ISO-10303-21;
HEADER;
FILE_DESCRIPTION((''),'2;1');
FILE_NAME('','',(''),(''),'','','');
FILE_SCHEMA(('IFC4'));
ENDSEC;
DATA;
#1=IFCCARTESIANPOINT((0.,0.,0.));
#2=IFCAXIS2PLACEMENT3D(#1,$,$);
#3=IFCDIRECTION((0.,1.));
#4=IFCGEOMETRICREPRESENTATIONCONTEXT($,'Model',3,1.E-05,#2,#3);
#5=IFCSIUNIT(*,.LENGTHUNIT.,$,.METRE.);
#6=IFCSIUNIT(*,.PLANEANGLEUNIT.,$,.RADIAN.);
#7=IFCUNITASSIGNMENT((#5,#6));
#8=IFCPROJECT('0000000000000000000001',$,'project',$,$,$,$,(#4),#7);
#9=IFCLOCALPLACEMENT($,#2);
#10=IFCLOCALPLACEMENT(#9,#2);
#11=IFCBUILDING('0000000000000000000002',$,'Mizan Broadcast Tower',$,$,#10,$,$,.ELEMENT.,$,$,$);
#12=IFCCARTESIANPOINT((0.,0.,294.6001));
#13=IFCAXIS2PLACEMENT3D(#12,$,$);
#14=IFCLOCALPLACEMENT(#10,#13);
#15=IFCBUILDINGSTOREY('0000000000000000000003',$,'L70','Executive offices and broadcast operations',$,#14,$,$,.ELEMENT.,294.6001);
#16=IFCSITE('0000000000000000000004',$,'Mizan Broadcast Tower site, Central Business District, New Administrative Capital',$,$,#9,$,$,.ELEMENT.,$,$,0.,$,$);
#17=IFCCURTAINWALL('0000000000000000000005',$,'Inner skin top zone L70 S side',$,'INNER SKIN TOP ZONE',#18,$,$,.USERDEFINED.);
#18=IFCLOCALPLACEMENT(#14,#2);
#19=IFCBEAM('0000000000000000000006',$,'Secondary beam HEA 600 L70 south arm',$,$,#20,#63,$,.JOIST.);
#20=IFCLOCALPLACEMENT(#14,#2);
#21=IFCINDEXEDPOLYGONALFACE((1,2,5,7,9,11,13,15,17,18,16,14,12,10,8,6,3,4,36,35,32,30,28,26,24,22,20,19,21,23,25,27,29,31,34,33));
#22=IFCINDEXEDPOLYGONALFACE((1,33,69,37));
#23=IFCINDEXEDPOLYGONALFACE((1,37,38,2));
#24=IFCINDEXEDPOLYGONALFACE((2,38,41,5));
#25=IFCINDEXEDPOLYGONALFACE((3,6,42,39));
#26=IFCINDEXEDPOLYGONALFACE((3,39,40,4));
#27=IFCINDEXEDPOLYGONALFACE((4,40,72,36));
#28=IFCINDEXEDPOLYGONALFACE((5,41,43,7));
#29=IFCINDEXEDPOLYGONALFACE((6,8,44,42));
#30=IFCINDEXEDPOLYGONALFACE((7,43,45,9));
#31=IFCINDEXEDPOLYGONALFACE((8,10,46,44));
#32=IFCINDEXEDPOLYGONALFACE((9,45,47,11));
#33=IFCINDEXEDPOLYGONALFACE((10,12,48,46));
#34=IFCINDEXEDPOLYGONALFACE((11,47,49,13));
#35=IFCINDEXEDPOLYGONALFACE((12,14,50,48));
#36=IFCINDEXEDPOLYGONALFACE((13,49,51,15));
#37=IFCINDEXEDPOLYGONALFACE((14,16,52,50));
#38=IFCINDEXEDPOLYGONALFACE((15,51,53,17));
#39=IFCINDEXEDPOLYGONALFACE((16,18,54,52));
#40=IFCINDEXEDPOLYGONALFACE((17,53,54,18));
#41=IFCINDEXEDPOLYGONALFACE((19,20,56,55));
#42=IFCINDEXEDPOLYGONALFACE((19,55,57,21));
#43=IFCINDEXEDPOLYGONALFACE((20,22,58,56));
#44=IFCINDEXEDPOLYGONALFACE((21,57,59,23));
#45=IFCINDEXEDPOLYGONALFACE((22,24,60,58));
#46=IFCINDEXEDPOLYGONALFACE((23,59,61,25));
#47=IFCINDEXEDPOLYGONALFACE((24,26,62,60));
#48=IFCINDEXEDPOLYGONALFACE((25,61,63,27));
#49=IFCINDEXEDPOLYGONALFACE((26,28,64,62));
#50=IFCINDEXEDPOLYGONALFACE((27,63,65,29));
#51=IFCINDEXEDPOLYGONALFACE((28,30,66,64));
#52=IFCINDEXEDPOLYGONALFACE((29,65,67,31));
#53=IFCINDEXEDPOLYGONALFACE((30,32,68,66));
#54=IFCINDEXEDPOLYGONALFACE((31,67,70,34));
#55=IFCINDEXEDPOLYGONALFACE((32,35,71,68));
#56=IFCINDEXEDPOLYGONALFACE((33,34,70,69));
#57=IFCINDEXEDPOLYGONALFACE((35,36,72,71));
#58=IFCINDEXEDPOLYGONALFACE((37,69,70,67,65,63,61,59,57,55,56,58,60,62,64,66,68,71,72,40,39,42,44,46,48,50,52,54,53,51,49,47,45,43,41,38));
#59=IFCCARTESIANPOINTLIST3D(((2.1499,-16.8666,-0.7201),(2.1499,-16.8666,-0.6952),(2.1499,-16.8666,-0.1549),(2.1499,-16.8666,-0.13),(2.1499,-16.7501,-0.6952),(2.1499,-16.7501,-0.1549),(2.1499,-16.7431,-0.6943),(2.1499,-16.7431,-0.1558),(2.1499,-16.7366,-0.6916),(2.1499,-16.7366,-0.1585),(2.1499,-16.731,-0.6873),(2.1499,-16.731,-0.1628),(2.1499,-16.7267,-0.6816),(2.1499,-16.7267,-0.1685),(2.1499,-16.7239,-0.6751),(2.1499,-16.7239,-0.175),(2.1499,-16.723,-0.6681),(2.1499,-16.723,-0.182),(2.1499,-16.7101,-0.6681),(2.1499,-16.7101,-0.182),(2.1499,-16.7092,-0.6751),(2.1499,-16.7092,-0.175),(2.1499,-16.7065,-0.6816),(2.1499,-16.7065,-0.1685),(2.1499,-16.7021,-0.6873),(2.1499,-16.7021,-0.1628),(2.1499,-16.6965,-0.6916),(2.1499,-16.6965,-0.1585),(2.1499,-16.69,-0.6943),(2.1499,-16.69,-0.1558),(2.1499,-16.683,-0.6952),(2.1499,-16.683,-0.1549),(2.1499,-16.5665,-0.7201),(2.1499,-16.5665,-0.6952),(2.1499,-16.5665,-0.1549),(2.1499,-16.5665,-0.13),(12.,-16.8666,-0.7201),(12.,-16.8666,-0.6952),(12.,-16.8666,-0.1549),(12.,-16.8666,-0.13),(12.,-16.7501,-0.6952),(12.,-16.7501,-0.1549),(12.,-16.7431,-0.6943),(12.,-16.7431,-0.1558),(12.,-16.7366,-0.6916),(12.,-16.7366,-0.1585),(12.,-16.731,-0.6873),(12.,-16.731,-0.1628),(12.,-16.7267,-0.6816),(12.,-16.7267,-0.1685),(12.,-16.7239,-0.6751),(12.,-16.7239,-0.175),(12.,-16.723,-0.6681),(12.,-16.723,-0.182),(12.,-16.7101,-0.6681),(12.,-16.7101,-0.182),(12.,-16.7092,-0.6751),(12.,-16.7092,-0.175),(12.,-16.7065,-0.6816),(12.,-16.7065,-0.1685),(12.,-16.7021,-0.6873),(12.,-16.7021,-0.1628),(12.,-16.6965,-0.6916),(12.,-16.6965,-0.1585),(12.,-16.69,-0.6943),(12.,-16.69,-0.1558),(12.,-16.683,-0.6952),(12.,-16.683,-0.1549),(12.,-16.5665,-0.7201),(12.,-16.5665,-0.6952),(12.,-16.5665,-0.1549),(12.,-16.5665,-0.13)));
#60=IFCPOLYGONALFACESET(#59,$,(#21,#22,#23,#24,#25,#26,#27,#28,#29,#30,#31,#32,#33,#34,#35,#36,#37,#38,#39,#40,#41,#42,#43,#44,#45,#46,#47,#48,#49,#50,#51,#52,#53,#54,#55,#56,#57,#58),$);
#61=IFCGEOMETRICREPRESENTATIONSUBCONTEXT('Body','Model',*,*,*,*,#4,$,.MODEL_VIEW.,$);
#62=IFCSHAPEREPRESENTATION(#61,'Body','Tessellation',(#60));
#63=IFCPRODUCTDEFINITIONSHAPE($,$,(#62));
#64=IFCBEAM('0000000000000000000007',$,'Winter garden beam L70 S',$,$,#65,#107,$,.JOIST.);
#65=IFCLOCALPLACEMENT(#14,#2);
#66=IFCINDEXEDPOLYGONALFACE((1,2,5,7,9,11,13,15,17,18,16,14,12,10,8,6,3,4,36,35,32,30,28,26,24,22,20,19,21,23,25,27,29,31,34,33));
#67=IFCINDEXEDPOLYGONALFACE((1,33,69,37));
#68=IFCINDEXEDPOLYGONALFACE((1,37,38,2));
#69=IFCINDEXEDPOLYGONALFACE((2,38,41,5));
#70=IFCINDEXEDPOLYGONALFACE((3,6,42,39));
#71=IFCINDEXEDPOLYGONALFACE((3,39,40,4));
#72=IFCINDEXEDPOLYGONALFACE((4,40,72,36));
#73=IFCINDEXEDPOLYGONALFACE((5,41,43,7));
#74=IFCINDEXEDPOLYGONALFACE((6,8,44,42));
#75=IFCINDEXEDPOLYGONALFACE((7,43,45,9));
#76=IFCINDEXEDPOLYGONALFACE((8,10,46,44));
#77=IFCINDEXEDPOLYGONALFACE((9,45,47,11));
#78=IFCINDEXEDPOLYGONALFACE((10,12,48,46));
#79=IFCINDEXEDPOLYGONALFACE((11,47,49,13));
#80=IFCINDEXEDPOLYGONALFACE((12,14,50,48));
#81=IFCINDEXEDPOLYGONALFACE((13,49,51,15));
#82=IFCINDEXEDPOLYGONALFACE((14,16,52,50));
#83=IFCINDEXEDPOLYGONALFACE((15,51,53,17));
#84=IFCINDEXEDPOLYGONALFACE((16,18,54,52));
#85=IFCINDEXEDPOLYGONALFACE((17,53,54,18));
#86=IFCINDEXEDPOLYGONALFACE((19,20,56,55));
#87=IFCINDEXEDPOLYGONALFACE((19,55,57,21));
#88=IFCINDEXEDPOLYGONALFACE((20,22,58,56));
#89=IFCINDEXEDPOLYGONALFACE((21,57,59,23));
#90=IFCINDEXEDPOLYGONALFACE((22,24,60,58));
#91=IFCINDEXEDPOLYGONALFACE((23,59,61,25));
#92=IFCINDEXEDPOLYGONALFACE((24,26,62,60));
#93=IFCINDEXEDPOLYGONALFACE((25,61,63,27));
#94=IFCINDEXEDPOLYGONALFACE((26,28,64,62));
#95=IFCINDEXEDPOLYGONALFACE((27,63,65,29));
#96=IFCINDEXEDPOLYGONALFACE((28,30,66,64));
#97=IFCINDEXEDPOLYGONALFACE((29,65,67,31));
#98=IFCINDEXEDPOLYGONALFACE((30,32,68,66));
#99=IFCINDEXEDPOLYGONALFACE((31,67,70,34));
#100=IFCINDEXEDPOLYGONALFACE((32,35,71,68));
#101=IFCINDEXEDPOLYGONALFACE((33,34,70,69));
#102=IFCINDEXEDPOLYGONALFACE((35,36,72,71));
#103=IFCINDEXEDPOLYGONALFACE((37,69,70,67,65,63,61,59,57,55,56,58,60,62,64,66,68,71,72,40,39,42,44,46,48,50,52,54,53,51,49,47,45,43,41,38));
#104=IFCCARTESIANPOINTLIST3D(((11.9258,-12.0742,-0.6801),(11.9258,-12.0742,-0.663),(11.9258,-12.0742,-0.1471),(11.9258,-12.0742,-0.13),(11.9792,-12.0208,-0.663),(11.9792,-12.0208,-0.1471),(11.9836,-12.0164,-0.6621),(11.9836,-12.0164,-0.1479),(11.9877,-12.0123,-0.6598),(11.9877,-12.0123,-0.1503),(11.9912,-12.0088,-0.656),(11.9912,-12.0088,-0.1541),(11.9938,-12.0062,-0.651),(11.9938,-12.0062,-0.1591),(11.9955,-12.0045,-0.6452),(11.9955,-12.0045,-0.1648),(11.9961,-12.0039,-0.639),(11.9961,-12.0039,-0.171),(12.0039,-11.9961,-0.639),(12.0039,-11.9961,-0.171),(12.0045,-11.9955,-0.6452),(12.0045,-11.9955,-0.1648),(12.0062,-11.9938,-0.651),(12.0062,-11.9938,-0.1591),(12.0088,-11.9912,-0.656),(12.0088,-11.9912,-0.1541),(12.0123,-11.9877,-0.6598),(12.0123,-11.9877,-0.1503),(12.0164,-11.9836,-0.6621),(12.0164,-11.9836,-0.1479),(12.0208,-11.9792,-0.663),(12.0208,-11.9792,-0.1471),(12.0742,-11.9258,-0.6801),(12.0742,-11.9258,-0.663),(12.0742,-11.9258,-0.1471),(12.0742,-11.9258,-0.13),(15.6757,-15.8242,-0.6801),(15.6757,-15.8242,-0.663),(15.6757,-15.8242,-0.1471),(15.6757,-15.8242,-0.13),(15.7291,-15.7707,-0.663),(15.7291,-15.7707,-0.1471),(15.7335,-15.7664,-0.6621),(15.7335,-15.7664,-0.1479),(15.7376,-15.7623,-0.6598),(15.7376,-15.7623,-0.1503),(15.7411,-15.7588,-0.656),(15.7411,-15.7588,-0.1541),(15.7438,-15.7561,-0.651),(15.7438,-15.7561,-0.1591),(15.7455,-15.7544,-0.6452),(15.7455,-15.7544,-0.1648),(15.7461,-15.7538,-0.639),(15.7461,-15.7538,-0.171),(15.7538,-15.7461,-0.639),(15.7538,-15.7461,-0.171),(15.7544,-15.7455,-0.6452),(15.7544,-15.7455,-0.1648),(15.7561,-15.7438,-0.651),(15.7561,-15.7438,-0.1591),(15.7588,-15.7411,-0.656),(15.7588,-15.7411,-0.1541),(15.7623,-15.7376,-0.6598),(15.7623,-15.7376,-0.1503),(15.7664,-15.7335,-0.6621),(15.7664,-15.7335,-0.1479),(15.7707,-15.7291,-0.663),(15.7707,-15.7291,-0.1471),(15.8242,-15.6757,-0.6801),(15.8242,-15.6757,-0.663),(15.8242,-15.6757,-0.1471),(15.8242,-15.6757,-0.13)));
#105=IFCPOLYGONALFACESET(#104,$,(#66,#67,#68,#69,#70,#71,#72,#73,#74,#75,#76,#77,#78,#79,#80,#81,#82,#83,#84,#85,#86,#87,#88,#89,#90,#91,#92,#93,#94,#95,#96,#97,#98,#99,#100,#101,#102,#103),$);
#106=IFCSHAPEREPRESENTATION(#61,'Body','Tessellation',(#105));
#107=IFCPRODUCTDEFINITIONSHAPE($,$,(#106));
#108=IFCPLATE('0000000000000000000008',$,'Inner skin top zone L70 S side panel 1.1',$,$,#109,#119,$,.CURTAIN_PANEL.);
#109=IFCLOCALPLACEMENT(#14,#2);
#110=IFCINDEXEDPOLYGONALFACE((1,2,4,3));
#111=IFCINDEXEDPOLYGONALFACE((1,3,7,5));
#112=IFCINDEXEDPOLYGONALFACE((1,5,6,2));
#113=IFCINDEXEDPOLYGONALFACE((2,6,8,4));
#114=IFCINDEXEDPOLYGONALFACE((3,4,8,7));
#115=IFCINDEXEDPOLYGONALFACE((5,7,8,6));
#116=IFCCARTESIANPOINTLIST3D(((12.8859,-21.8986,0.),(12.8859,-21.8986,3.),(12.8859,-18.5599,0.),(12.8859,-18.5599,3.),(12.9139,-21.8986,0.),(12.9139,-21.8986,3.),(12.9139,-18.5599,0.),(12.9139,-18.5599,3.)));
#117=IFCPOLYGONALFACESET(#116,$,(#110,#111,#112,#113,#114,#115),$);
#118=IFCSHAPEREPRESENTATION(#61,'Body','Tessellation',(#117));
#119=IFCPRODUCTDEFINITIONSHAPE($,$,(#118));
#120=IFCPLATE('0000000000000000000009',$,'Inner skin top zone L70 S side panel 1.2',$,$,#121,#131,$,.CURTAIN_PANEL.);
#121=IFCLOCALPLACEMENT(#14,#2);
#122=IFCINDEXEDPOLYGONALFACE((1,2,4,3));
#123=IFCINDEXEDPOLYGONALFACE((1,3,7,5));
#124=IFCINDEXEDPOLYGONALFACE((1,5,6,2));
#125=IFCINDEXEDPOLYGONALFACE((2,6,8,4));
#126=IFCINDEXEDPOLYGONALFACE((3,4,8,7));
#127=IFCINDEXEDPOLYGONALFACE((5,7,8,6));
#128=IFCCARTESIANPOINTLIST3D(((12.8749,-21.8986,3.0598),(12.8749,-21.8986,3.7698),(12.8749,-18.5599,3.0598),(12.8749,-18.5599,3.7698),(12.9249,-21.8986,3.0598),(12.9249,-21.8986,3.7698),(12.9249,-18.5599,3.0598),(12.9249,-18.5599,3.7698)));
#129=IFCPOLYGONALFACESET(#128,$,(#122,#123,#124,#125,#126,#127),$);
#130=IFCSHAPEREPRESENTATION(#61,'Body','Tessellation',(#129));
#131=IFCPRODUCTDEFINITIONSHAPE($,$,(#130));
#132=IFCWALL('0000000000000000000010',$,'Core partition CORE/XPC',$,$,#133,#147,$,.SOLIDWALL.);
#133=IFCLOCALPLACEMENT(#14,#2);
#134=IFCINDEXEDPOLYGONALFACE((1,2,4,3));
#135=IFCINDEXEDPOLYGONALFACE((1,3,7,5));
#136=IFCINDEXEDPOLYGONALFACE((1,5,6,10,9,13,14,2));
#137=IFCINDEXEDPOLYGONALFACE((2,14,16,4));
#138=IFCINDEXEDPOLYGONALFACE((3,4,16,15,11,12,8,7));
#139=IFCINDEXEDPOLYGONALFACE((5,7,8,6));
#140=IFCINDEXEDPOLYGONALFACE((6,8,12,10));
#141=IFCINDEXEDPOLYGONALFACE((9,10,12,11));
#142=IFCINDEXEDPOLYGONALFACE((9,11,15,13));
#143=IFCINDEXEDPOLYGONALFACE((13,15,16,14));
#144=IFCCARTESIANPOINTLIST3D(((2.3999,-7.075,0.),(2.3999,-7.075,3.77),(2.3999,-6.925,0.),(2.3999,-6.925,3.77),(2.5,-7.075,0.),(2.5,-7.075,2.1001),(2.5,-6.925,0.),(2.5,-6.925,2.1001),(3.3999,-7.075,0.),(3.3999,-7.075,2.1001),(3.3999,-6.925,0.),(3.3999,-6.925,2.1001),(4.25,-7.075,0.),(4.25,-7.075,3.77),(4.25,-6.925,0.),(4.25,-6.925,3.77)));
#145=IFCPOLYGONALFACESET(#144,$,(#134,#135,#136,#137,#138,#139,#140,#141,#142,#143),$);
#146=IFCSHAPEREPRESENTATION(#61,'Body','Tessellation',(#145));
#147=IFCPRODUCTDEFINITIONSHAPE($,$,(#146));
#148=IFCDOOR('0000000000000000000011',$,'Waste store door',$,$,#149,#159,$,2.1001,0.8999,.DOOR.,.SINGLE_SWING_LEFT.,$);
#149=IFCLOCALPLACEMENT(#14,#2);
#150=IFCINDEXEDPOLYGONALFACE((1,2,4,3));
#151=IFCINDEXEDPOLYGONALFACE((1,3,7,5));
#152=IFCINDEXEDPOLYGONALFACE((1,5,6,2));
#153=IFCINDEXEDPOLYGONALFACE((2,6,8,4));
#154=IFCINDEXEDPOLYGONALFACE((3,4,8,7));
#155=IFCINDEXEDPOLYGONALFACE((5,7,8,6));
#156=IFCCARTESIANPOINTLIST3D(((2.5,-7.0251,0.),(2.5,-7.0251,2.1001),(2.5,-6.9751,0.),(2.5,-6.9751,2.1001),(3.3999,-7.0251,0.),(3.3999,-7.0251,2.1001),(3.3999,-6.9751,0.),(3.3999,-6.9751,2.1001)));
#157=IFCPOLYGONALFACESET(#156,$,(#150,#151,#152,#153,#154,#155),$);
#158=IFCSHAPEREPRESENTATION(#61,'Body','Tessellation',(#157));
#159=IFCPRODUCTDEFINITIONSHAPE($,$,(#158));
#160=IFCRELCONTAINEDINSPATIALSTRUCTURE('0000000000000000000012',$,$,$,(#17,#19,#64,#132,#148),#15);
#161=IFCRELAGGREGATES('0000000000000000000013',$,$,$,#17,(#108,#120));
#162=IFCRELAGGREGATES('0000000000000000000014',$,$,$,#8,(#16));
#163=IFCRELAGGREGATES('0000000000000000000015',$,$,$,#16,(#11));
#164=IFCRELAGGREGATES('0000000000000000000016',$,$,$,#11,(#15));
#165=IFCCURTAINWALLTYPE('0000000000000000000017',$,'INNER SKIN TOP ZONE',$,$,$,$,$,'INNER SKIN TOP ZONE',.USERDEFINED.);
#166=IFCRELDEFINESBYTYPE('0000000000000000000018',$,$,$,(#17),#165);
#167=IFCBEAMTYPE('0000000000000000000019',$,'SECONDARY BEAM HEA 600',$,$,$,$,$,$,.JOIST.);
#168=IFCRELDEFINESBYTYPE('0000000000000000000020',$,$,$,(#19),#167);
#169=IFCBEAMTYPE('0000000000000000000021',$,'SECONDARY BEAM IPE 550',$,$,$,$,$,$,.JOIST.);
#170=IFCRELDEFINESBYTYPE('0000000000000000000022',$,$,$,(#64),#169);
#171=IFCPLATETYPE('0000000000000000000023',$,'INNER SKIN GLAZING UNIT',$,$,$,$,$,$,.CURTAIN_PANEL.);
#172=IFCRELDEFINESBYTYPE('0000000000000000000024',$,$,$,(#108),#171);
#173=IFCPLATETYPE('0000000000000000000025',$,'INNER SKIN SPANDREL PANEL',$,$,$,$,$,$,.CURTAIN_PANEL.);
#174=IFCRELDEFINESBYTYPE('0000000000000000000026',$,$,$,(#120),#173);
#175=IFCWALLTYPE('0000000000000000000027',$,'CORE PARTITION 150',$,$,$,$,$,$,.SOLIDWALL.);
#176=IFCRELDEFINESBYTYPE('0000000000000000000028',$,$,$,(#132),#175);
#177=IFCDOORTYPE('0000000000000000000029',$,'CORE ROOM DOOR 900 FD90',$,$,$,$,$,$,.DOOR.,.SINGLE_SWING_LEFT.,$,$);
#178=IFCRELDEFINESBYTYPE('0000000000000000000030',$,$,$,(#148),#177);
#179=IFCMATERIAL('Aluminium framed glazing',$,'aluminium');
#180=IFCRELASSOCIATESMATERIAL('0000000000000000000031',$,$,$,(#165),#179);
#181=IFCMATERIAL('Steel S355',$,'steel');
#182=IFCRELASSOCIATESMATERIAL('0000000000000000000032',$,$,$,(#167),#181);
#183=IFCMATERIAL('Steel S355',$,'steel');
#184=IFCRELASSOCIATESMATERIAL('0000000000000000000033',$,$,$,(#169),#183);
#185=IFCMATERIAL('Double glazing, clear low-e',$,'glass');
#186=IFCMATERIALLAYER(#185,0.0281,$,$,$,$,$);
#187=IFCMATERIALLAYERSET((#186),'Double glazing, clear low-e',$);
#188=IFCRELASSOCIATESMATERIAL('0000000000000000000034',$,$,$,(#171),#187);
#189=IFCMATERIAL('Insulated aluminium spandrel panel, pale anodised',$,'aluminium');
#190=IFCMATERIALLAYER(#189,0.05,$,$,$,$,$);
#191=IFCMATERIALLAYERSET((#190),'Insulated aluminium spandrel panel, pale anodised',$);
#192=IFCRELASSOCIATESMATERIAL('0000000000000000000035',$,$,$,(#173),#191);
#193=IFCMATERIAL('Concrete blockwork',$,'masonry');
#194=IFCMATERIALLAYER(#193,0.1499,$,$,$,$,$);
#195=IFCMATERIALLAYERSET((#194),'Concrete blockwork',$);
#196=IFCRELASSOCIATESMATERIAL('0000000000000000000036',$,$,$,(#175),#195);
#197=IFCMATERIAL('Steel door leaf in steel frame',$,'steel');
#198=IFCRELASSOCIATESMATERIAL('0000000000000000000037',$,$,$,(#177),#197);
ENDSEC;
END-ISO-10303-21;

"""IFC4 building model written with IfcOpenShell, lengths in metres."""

from ifc_helpers import new_model, si_unit, direction, frame, frame_2d, origin, origin_2d, place, context, subcontext, project, spatial, rectangle, i_section, extrude, material, layer, layer_set, material_profile, profile_set, type_object, element, fill, aggregate, save


model = new_model("IFC4")

# Units and contexts
model_context = context("Model", 3, precision=1e-05, world=origin(), true_north=direction((0.0, 1.0)))
body_context = subcontext(model_context, "Body", "Model", "MODEL_VIEW")
ifc_project = project(units=[si_unit("LENGTHUNIT", "METRE"), si_unit("PLANEANGLEUNIT", "RADIAN")], contexts=[model_context])

# Site, building, storey
site_placement = place(None, origin())
site = spatial("IfcSite", under=ifc_project, at=site_placement, Name="Mizan Broadcast Tower site, Central Business District, New Administrative Capital", CompositionType="ELEMENT", RefElevation=0.0)
building_placement = place(site_placement, origin())
building = spatial("IfcBuilding", under=site, at=building_placement, Name="Mizan Broadcast Tower", CompositionType="ELEMENT")
storey_placement = place(building_placement, frame((0.0, 0.0, 294.6001)))
storey = spatial("IfcBuildingStorey", under=building, at=storey_placement, Name="L70", Description="Executive offices and broadcast operations", CompositionType="ELEMENT", Elevation=294.6001)

# Curtain wall
ifc_material_1 = material(Name="Aluminium framed glazing", Category="aluminium")
curtain_wall_type = type_object("IfcCurtainWallType", Name="INNER SKIN TOP ZONE", ElementType="INNER SKIN TOP ZONE", PredefinedType="USERDEFINED", material=ifc_material_1)
curtain_wall_placement = place(storey_placement, origin())
curtain_wall = element("IfcCurtainWall", 1, at=curtain_wall_placement, inside=storey, type_object=curtain_wall_type, Name="Inner skin top zone L70 S side", ObjectType="INNER SKIN TOP ZONE", PredefinedType="USERDEFINED")

# Beams
ifc_material_2 = material(Name="Steel S355", Category="steel")
ifc_material_profile_1 = material_profile(ifc_material_2, i_section(OverallWidth=0.3, OverallDepth=0.5901, WebThickness=0.0129, FlangeThickness=0.0249, FilletRadius=0.0271, at=origin_2d()), Name="HEA 600")
ifc_profile_set_1 = profile_set([ifc_material_profile_1], Name="Steel S355")
beam_type_1 = type_object("IfcBeamType", Name="SECONDARY BEAM HEA 600", PredefinedType="JOIST", material=ifc_profile_set_1)
for number, where, z_axis, x_axis, name in (
    (2, (12.0, -16.7166, -0.425), (-1.0, 0.0, 0.0), (0.0, -1.0, 0.0), "Secondary beam HEA 600 L70 south arm"),
):
    element("IfcBeam", number, at=place(storey_placement, frame(where, z_axis=z_axis, x_axis=x_axis)), inside=storey, type_object=beam_type_1, Name=name, PredefinedType="JOIST", context=body_context, shape_type="SweptSolid", body=[
        extrude(i_section(OverallWidth=0.3, OverallDepth=0.5901, WebThickness=0.0129, FlangeThickness=0.0249, FilletRadius=0.0271, at=origin_2d()), origin(), (0.0, 0.0, 1.0), 9.8501),
    ])
ifc_material_3 = material(Name="Steel S355", Category="steel")
ifc_material_profile_2 = material_profile(ifc_material_3, i_section(OverallWidth=0.21, OverallDepth=0.55, WebThickness=0.011, FlangeThickness=0.0171, FilletRadius=0.0239, at=origin_2d()), Name="IPE 550")
ifc_profile_set_2 = profile_set([ifc_material_profile_2], Name="Steel S355")
beam_type_2 = type_object("IfcBeamType", Name="SECONDARY BEAM IPE 550", PredefinedType="JOIST", material=ifc_profile_set_2)
beam_1_placement = place(storey_placement, frame((12.0, -12.0, -0.405), z_axis=(0.707107, -0.707107, 0.0), x_axis=(0.707107, 0.707107, 0.0)))
element("IfcBeam", 3, at=beam_1_placement, inside=storey, type_object=beam_type_2, Name="Winter garden beam L70 S", PredefinedType="JOIST", context=body_context, shape_type="SweptSolid", body=[
    extrude(i_section(OverallWidth=0.21, OverallDepth=0.55, WebThickness=0.011, FlangeThickness=0.0171, FilletRadius=0.0239, at=origin_2d()), origin(), (0.0, 0.0, 1.0), 5.3032),
])

# Plates
ifc_material_4 = material(Name="Double glazing, clear low-e", Category="glass")
ifc_layer_1 = layer(ifc_material_4, 0.0281)
ifc_layer_set_1 = layer_set([ifc_layer_1], Name="Double glazing, clear low-e")
plate_type_1 = type_object("IfcPlateType", Name="INNER SKIN GLAZING UNIT", PredefinedType="CURTAIN_PANEL", material=ifc_layer_set_1)
plate_1_placement = place(storey_placement, frame((12.8999, -20.2292, 0.0), z_axis=(0.0, 0.0, 1.0), x_axis=(0.0, 1.0, 0.0)))
plate_1 = element("IfcPlate", 4, at=plate_1_placement, type_object=plate_type_1, Name="Inner skin top zone L70 S side panel 1.1", PredefinedType="CURTAIN_PANEL", context=body_context, shape_type="SweptSolid", body=[
    extrude(rectangle(XDim=3.3386, YDim=0.0281, at=origin_2d()), origin(), (0.0, 0.0, 1.0), 3.0),
])
ifc_material_5 = material(Name="Insulated aluminium spandrel panel, pale anodised", Category="aluminium")
ifc_layer_2 = layer(ifc_material_5, 0.05)
ifc_layer_set_2 = layer_set([ifc_layer_2], Name="Insulated aluminium spandrel panel, pale anodised")
plate_type_2 = type_object("IfcPlateType", Name="INNER SKIN SPANDREL PANEL", PredefinedType="CURTAIN_PANEL", material=ifc_layer_set_2)
plate_2_placement = place(storey_placement, frame((12.8999, -20.2292, 3.0598), z_axis=(0.0, 0.0, 1.0), x_axis=(0.0, 1.0, 0.0)))
plate_2 = element("IfcPlate", 5, at=plate_2_placement, type_object=plate_type_2, Name="Inner skin top zone L70 S side panel 1.2", PredefinedType="CURTAIN_PANEL", context=body_context, shape_type="SweptSolid", body=[
    extrude(rectangle(XDim=3.3386, YDim=0.05, at=origin_2d()), origin(), (0.0, 0.0, 1.0), 0.71),
])
aggregate(curtain_wall, [plate_1, plate_2])

# Wall, opening, door
ifc_material_6 = material(Name="Concrete blockwork", Category="masonry")
ifc_layer_3 = layer(ifc_material_6, 0.1499)
ifc_layer_set_3 = layer_set([ifc_layer_3], Name="Concrete blockwork")
wall_type_1 = type_object("IfcWallType", Name="CORE PARTITION 150", PredefinedType="SOLIDWALL", material=ifc_layer_set_3)
wall_1_placement = place(storey_placement, frame((2.3999, -7.0, 0.0), z_axis=(0.0, 0.0, 1.0), x_axis=(1.0, 0.0, 0.0)))
wall_1 = element("IfcWall", 6, at=wall_1_placement, inside=storey, type_object=wall_type_1, Name="Core partition CORE/XPC", PredefinedType="SOLIDWALL", context=body_context, shape_type="SweptSolid", body=[
    extrude(rectangle(XDim=1.8501, YDim=0.1499, at=frame_2d((0.925, 0.0))), origin(), (0.0, 0.0, 1.0), 3.77),
])
opening_1_placement = place(wall_1_placement, frame((0.1001, 0.0, 0.0)))
opening_1 = element("IfcOpeningElement", 7, at=opening_1_placement, cuts=wall_1, PredefinedType="OPENING", context=body_context, shape_type="SweptSolid", body=[
    extrude(rectangle(XDim=0.8999, YDim=2.1001, at=frame_2d((0.45, 1.05))), frame((0.0, 0.085, 0.0), z_axis=(0.0, -1.0, 0.0), x_axis=(1.0, 0.0, 0.0)), (0.0, 0.0, 1.0), 0.1699),
])
ifc_material_7 = material(Name="Steel door leaf in steel frame", Category="steel")
door_type_1 = type_object("IfcDoorType", Name="CORE ROOM DOOR 900 FD90", OperationType="SINGLE_SWING_LEFT", PredefinedType="DOOR", material=ifc_material_7)
door_1_placement = place(opening_1_placement, origin())
door_1 = element("IfcDoor", 8, at=door_1_placement, inside=storey, type_object=door_type_1, Name="Waste store door", OperationType="SINGLE_SWING_LEFT", OverallHeight=2.1001, OverallWidth=0.8999, PredefinedType="DOOR", context=body_context, shape_type="SweptSolid", body=[
    extrude(rectangle(XDim=0.8999, YDim=2.1001, at=frame_2d((0.45, 1.05))), frame((0.0, 0.0249, 0.0), z_axis=(0.0, -1.0, 0.0), x_axis=(1.0, 0.0, 0.0)), (0.0, 0.0, 1.0), 0.05),
])
fill(opening_1, door_1)

save(model, "model.ifc")
